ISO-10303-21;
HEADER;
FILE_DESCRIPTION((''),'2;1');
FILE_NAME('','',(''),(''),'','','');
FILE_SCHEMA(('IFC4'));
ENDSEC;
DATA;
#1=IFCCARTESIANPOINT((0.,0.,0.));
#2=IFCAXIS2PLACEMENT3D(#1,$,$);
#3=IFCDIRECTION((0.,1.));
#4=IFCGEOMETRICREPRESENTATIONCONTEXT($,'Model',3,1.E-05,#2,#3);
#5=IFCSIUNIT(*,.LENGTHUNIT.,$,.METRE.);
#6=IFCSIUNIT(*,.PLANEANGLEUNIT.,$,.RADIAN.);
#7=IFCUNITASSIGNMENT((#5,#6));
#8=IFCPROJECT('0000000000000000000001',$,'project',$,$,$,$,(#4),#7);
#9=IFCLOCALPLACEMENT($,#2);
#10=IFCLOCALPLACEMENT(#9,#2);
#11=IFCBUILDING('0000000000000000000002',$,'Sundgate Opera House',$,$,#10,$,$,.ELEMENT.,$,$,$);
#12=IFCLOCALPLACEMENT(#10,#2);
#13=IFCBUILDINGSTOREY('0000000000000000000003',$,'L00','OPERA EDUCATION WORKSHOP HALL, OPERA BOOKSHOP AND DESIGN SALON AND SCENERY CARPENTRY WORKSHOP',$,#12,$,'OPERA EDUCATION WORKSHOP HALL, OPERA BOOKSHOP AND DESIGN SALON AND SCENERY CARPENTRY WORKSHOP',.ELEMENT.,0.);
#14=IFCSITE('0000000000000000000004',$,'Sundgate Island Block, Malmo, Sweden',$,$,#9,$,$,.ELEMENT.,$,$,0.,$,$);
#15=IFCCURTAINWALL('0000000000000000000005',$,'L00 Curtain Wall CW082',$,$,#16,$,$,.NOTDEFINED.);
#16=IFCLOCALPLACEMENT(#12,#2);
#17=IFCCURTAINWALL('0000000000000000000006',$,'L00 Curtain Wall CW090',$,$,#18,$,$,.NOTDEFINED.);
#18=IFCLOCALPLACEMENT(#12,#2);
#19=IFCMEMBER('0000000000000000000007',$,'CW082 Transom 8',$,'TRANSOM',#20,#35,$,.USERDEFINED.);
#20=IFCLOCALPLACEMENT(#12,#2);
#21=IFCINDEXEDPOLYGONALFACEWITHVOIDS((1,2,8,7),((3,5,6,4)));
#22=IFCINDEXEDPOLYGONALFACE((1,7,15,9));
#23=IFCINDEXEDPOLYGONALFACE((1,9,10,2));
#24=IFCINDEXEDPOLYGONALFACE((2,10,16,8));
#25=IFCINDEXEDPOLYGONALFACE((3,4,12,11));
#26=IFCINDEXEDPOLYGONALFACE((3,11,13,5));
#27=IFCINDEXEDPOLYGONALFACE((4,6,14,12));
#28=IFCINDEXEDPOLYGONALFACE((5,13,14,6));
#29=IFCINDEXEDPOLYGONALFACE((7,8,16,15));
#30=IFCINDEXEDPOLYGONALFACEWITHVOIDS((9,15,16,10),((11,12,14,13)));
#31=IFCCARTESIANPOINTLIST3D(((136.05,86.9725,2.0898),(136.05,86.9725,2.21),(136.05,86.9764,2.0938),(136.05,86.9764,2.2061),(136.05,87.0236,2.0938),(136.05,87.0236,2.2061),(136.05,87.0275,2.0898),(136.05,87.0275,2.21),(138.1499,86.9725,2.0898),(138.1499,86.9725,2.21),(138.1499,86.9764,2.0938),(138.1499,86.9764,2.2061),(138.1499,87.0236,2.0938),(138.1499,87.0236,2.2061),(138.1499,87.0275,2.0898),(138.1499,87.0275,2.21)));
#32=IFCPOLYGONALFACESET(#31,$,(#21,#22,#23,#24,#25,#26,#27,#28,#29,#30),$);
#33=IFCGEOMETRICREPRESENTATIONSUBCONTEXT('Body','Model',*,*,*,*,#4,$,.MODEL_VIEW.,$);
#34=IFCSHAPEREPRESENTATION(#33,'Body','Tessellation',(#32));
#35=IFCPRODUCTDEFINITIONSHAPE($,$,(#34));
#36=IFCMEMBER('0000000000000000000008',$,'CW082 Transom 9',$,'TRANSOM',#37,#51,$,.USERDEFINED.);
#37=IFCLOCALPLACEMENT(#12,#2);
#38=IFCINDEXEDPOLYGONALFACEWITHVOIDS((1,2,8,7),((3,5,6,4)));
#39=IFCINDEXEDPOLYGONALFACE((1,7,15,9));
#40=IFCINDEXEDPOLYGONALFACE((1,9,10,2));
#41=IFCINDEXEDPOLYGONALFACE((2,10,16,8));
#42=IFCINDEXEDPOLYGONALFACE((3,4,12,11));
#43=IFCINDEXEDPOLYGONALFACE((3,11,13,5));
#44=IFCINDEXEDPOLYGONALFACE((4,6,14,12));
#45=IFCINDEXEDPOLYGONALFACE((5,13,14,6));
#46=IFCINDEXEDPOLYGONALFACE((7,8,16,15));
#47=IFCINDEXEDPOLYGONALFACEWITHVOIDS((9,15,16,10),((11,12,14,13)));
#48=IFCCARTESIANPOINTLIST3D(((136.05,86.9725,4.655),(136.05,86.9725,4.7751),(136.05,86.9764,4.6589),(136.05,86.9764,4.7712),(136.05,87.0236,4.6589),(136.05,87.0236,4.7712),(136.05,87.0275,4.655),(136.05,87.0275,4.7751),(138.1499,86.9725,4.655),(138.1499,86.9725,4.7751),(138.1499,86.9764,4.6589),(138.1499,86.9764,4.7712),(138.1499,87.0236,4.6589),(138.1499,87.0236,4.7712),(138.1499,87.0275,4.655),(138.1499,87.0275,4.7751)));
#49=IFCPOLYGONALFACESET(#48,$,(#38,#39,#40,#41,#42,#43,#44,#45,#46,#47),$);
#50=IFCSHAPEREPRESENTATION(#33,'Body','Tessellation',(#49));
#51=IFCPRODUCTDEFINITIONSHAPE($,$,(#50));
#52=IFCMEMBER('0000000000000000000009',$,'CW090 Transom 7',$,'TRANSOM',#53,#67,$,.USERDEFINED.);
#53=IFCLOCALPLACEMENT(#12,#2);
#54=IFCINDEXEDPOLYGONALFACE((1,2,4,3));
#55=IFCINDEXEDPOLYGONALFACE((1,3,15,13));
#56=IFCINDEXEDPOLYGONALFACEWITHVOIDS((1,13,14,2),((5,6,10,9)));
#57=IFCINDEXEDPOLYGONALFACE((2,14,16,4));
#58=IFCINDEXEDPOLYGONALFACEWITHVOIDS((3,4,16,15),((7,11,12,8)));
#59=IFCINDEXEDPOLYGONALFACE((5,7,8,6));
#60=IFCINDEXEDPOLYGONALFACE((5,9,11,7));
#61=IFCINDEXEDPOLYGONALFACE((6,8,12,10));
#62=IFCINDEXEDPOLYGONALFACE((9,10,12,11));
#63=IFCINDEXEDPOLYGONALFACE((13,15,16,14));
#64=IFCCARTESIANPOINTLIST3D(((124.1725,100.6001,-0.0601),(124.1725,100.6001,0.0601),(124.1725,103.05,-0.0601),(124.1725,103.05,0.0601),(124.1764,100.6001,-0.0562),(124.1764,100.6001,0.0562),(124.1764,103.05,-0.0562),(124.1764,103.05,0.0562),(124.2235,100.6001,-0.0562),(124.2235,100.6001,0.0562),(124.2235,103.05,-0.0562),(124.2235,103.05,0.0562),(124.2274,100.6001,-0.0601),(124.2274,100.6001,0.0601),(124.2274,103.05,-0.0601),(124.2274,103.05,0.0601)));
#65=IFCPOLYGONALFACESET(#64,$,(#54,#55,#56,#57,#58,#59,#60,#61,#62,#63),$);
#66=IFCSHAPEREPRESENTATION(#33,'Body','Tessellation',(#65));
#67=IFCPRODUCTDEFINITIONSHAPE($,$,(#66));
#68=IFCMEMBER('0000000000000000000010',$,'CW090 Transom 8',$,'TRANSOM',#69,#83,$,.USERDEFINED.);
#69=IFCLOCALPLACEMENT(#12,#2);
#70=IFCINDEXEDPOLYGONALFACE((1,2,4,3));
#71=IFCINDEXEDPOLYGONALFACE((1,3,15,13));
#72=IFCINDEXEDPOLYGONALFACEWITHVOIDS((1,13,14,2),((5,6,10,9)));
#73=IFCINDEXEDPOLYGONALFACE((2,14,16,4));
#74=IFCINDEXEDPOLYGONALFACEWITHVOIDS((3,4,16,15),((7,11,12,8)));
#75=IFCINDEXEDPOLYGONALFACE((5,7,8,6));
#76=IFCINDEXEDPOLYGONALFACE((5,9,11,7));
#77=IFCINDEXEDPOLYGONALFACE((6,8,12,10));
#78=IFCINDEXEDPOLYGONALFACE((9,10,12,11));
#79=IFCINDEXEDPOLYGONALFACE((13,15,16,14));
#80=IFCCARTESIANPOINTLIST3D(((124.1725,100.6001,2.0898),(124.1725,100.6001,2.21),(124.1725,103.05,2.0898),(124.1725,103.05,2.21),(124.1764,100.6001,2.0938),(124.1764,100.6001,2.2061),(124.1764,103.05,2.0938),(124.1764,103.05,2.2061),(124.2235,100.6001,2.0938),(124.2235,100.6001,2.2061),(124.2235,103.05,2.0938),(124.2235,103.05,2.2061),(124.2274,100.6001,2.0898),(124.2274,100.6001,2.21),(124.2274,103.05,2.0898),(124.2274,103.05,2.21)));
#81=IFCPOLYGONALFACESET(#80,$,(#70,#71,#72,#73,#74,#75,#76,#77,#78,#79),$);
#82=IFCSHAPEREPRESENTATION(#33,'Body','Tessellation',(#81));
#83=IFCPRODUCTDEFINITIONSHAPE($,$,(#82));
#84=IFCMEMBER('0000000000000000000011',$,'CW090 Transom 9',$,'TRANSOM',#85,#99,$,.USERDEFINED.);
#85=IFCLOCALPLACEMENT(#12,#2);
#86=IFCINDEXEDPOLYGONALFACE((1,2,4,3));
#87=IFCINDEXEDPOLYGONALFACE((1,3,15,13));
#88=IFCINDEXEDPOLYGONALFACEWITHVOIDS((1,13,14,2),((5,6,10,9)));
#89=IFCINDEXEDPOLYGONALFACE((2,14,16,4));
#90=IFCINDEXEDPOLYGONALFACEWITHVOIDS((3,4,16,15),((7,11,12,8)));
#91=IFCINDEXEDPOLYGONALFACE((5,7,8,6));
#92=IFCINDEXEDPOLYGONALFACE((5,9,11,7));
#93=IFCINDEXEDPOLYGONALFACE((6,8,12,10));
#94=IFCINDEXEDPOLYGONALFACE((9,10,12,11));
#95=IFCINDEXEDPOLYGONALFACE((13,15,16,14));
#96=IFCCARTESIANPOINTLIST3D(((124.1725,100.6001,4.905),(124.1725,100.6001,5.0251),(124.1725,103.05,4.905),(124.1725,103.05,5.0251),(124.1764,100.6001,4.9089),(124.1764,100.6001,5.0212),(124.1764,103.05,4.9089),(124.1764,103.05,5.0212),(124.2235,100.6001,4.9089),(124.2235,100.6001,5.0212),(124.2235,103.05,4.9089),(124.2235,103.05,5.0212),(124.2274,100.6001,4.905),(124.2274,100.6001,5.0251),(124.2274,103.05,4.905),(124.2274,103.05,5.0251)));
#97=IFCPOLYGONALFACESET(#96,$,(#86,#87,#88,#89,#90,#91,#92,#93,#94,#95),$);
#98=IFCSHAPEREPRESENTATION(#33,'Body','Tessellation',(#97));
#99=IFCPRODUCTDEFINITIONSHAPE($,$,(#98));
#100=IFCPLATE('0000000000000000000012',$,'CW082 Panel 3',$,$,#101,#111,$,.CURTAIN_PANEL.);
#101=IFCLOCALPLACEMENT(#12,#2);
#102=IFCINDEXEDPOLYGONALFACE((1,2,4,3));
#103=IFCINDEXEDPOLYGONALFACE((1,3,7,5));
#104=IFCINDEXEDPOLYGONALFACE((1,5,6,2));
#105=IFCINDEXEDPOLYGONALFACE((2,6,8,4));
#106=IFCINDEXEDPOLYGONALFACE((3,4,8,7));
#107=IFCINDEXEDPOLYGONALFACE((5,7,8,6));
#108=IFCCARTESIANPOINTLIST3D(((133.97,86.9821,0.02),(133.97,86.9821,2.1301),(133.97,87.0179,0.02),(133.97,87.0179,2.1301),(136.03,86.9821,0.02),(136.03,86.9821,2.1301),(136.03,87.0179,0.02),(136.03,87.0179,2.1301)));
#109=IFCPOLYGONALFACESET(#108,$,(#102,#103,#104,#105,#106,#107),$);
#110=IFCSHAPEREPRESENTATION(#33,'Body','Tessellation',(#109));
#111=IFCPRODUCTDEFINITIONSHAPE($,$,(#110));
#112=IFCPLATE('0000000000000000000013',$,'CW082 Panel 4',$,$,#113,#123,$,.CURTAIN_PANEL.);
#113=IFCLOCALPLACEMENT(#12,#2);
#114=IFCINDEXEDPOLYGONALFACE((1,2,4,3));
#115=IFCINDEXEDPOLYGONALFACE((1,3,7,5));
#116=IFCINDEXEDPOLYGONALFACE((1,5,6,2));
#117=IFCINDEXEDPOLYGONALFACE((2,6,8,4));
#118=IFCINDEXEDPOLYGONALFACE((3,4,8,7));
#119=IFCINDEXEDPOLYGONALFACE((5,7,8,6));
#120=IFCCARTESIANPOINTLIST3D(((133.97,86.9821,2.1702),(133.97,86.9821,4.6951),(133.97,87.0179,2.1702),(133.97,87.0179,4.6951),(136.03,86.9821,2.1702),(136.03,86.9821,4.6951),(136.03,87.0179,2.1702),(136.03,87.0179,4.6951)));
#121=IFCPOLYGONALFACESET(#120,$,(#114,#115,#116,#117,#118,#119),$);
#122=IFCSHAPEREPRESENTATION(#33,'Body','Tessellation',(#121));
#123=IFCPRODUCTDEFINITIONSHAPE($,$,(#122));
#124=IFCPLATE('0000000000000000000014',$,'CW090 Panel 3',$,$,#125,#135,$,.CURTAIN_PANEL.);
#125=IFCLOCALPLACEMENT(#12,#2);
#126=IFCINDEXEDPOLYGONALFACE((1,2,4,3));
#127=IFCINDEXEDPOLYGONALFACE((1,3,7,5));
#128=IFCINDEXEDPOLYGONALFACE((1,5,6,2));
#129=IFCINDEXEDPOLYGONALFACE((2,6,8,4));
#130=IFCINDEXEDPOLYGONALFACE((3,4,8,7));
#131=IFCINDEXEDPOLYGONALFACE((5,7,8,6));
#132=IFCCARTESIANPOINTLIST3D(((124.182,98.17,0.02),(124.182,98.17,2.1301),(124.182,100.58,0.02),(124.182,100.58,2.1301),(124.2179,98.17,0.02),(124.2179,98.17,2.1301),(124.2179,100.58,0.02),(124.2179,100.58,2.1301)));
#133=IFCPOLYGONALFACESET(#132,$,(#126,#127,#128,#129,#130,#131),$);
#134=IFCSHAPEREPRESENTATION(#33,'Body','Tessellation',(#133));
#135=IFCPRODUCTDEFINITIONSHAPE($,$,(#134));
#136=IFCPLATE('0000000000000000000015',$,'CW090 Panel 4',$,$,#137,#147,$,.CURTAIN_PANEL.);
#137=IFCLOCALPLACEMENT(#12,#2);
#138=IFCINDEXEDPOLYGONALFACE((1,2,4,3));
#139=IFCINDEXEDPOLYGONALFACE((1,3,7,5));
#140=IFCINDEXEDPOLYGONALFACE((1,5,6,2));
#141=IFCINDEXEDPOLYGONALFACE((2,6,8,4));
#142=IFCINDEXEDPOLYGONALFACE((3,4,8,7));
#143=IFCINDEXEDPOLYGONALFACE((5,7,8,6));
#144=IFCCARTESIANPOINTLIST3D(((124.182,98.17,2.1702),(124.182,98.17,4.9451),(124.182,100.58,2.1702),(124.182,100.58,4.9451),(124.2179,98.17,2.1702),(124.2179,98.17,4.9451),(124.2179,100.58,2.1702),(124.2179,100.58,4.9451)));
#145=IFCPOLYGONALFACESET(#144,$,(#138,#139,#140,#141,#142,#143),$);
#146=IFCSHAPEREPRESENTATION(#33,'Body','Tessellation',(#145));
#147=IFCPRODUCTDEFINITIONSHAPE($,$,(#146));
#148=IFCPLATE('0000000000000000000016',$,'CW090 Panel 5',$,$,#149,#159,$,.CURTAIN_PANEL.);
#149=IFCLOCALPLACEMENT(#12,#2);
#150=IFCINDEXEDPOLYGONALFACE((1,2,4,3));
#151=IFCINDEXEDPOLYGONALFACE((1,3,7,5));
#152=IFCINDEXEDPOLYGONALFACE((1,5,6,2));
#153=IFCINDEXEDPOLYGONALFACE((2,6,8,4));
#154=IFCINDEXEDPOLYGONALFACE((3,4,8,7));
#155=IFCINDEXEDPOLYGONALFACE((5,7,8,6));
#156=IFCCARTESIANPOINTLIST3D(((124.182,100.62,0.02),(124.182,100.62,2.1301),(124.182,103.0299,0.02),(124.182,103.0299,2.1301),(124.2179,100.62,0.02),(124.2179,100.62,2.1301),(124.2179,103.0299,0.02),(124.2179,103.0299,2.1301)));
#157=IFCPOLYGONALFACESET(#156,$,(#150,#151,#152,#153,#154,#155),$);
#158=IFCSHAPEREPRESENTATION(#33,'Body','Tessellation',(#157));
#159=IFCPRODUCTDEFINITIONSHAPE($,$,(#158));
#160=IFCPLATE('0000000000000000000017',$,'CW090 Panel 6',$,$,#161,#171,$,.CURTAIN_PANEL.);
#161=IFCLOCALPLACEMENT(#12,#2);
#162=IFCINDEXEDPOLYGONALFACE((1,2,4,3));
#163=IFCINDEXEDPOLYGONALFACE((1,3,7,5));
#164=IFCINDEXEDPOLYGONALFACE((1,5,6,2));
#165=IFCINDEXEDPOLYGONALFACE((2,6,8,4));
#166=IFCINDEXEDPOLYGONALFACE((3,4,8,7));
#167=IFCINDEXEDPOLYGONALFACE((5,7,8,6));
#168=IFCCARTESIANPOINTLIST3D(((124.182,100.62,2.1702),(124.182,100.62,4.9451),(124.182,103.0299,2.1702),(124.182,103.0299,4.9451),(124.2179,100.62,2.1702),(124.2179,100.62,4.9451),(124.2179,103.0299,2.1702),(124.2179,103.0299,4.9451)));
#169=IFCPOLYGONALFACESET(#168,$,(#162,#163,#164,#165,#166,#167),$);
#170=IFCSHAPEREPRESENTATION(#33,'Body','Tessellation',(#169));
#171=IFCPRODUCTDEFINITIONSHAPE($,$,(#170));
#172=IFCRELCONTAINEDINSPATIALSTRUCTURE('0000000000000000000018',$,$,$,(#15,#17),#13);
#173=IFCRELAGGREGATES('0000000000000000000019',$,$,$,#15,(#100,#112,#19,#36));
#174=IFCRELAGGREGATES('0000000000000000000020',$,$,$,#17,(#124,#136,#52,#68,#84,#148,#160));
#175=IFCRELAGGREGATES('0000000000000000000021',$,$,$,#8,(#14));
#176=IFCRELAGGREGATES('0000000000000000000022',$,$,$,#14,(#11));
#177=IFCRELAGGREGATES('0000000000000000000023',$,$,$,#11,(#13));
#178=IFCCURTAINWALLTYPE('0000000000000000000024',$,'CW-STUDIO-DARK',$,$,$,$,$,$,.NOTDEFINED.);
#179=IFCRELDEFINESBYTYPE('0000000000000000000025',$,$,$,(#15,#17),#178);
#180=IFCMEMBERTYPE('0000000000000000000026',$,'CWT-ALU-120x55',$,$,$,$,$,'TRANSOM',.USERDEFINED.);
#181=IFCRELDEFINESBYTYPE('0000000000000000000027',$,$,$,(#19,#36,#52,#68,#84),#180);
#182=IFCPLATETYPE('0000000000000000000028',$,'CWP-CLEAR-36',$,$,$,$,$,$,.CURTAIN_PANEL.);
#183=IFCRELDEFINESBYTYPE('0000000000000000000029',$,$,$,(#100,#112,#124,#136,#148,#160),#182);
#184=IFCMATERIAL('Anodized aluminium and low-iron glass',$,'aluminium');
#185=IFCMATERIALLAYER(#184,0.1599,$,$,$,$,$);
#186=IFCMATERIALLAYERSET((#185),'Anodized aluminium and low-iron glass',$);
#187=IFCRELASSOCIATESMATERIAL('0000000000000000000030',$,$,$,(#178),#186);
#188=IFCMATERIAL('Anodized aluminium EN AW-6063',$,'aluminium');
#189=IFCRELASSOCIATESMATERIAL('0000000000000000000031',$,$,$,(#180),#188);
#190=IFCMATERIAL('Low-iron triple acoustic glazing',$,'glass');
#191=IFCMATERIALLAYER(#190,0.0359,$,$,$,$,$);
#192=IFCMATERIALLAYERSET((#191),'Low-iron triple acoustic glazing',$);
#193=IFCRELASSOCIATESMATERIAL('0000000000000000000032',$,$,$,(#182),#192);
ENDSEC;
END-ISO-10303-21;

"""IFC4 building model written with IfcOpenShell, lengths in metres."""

from ifc_helpers import new_model, si_unit, direction, frame, origin, origin_2d, place, context, subcontext, project, spatial, rectangle, hollow_rectangle, extrude, material, layer, layer_set, material_profile, profile_set, type_object, element, aggregate, save


model = new_model("IFC4")

# Units and contexts
model_context = context("Model", 3, precision=1e-05, world=origin(), true_north=direction((0.0, 1.0)))
body_context = subcontext(model_context, "Body", "Model", "MODEL_VIEW")
ifc_project = project(units=[si_unit("LENGTHUNIT", "METRE"), si_unit("PLANEANGLEUNIT", "RADIAN")], contexts=[model_context])

# Site, building, storey
site_placement = place(None, origin())
site = spatial("IfcSite", under=ifc_project, at=site_placement, Name="Sundgate Island Block, Malmo, Sweden", CompositionType="ELEMENT", RefElevation=0.0)
building_placement = place(site_placement, origin())
building = spatial("IfcBuilding", under=site, at=building_placement, Name="Sundgate Opera House", CompositionType="ELEMENT")
storey_placement = place(building_placement, origin())
storey = spatial("IfcBuildingStorey", under=building, at=storey_placement, Name="L00", Description="OPERA EDUCATION WORKSHOP HALL, OPERA BOOKSHOP AND DESIGN SALON AND SCENERY CARPENTRY WORKSHOP", LongName="OPERA EDUCATION WORKSHOP HALL, OPERA BOOKSHOP AND DESIGN SALON AND SCENERY CARPENTRY WORKSHOP", CompositionType="ELEMENT", Elevation=0.0)

# Curtain walls
ifc_material_1 = material(Name="Anodized aluminium and low-iron glass", Category="aluminium")
ifc_layer_1 = layer(ifc_material_1, 0.1599)
ifc_layer_set_1 = layer_set([ifc_layer_1], Name="Anodized aluminium and low-iron glass")
curtain_wall_type = type_object("IfcCurtainWallType", Name="CW-STUDIO-DARK", PredefinedType="NOTDEFINED", material=ifc_layer_set_1)
curtain_wall_1_placement = place(storey_placement, origin())
curtain_wall_1 = element("IfcCurtainWall", 1, at=curtain_wall_1_placement, inside=storey, type_object=curtain_wall_type, Name="L00 Curtain Wall CW082", PredefinedType="NOTDEFINED")
curtain_wall_2_placement = place(storey_placement, origin())
curtain_wall_2 = element("IfcCurtainWall", 2, at=curtain_wall_2_placement, inside=storey, type_object=curtain_wall_type, Name="L00 Curtain Wall CW090", PredefinedType="NOTDEFINED")

# Members
ifc_material_2 = material(Name="Anodized aluminium EN AW-6063", Category="aluminium")
ifc_material_profile_1 = material_profile(ifc_material_2, hollow_rectangle(XDim=0.0549, YDim=0.1201, WallThickness=0.0039, at=origin_2d()), Name="CWT 120x55x4")
ifc_profile_set_1 = profile_set([ifc_material_profile_1], Name="Anodized aluminium EN AW-6063")
member_type_1 = type_object("IfcMemberType", Name="CWT-ALU-120x55", ElementType="TRANSOM", PredefinedType="USERDEFINED", material=ifc_profile_set_1)
member_1_placement = place(storey_placement, frame((136.05, 87.0, 2.1499), z_axis=(1.0, 0.0, 0.0), x_axis=(0.0, 1.0, 0.0)))
member_1 = element("IfcMember", 3, at=member_1_placement, type_object=member_type_1, Name="CW082 Transom 8", ObjectType="TRANSOM", PredefinedType="USERDEFINED", context=body_context, shape_type="SweptSolid", body=[
    extrude(hollow_rectangle(XDim=0.0549, YDim=0.1201, WallThickness=0.0039, at=origin_2d()), origin(), (0.0, 0.0, 1.0), 2.0999),
])
member_2_placement = place(storey_placement, frame((136.05, 87.0, 4.7151), z_axis=(1.0, 0.0, 0.0), x_axis=(0.0, 1.0, 0.0)))
member_2 = element("IfcMember", 4, at=member_2_placement, type_object=member_type_1, Name="CW082 Transom 9", ObjectType="TRANSOM", PredefinedType="USERDEFINED", context=body_context, shape_type="SweptSolid", body=[
    extrude(hollow_rectangle(XDim=0.0549, YDim=0.1201, WallThickness=0.0039, at=origin_2d()), origin(), (0.0, 0.0, 1.0), 2.0999),
])
member_3_placement = place(storey_placement, frame((124.2, 100.6001, 0.0), z_axis=(0.0, 1.0, 0.0), x_axis=(-1.0, 0.0, 0.0)))
member_3 = element("IfcMember", 5, at=member_3_placement, type_object=member_type_1, Name="CW090 Transom 7", ObjectType="TRANSOM", PredefinedType="USERDEFINED", context=body_context, shape_type="SweptSolid", body=[
    extrude(hollow_rectangle(XDim=0.0549, YDim=0.1201, WallThickness=0.0039, at=origin_2d()), origin(), (0.0, 0.0, 1.0), 2.45),
])
member_4_placement = place(storey_placement, frame((124.2, 100.6001, 2.1499), z_axis=(0.0, 1.0, 0.0), x_axis=(-1.0, 0.0, 0.0)))
member_4 = element("IfcMember", 6, at=member_4_placement, type_object=member_type_1, Name="CW090 Transom 8", ObjectType="TRANSOM", PredefinedType="USERDEFINED", context=body_context, shape_type="SweptSolid", body=[
    extrude(hollow_rectangle(XDim=0.0549, YDim=0.1201, WallThickness=0.0039, at=origin_2d()), origin(), (0.0, 0.0, 1.0), 2.45),
])
member_5_placement = place(storey_placement, frame((124.2, 100.6001, 4.9651), z_axis=(0.0, 1.0, 0.0), x_axis=(-1.0, 0.0, 0.0)))
member_5 = element("IfcMember", 7, at=member_5_placement, type_object=member_type_1, Name="CW090 Transom 9", ObjectType="TRANSOM", PredefinedType="USERDEFINED", context=body_context, shape_type="SweptSolid", body=[
    extrude(hollow_rectangle(XDim=0.0549, YDim=0.1201, WallThickness=0.0039, at=origin_2d()), origin(), (0.0, 0.0, 1.0), 2.45),
])

# Plates
ifc_material_3 = material(Name="Low-iron triple acoustic glazing", Category="glass")
ifc_layer_2 = layer(ifc_material_3, 0.0359)
ifc_layer_set_2 = layer_set([ifc_layer_2], Name="Low-iron triple acoustic glazing")
plate_type = type_object("IfcPlateType", Name="CWP-CLEAR-36", PredefinedType="CURTAIN_PANEL", material=ifc_layer_set_2)
plate_1_placement = place(storey_placement, frame((135.0, 87.0, 0.02), z_axis=(0.0, 0.0, 1.0), x_axis=(1.0, 0.0, 0.0)))
plate_1 = element("IfcPlate", 8, at=plate_1_placement, type_object=plate_type, Name="CW082 Panel 3", PredefinedType="CURTAIN_PANEL", context=body_context, shape_type="SweptSolid", body=[
    extrude(rectangle(XDim=2.0601, YDim=0.0359, at=origin_2d()), origin(), (0.0, 0.0, 1.0), 2.1101),
])
plate_2_placement = place(storey_placement, frame((135.0, 87.0, 2.1702), z_axis=(0.0, 0.0, 1.0), x_axis=(1.0, 0.0, 0.0)))
plate_2 = element("IfcPlate", 9, at=plate_2_placement, type_object=plate_type, Name="CW082 Panel 4", PredefinedType="CURTAIN_PANEL", context=body_context, shape_type="SweptSolid", body=[
    extrude(rectangle(XDim=2.0601, YDim=0.0359, at=origin_2d()), origin(), (0.0, 0.0, 1.0), 2.5249),
])
aggregate(curtain_wall_1, [plate_1, plate_2, member_1, member_2])
plate_3_placement = place(storey_placement, frame((124.2, 99.375, 0.02), z_axis=(0.0, 0.0, 1.0), x_axis=(0.0, 1.0, 0.0)))
plate_3 = element("IfcPlate", 10, at=plate_3_placement, type_object=plate_type, Name="CW090 Panel 3", PredefinedType="CURTAIN_PANEL", context=body_context, shape_type="SweptSolid", body=[
    extrude(rectangle(XDim=2.4099, YDim=0.0359, at=origin_2d()), origin(), (0.0, 0.0, 1.0), 2.1101),
])
plate_4_placement = place(storey_placement, frame((124.2, 99.375, 2.1702), z_axis=(0.0, 0.0, 1.0), x_axis=(0.0, 1.0, 0.0)))
plate_4 = element("IfcPlate", 11, at=plate_4_placement, type_object=plate_type, Name="CW090 Panel 4", PredefinedType="CURTAIN_PANEL", context=body_context, shape_type="SweptSolid", body=[
    extrude(rectangle(XDim=2.4099, YDim=0.0359, at=origin_2d()), origin(), (0.0, 0.0, 1.0), 2.7749),
])
plate_5_placement = place(storey_placement, frame((124.2, 101.825, 0.02), z_axis=(0.0, 0.0, 1.0), x_axis=(0.0, 1.0, 0.0)))
plate_5 = element("IfcPlate", 12, at=plate_5_placement, type_object=plate_type, Name="CW090 Panel 5", PredefinedType="CURTAIN_PANEL", context=body_context, shape_type="SweptSolid", body=[
    extrude(rectangle(XDim=2.4099, YDim=0.0359, at=origin_2d()), origin(), (0.0, 0.0, 1.0), 2.1101),
])
plate_6_placement = place(storey_placement, frame((124.2, 101.825, 2.1702), z_axis=(0.0, 0.0, 1.0), x_axis=(0.0, 1.0, 0.0)))
plate_6 = element("IfcPlate", 13, at=plate_6_placement, type_object=plate_type, Name="CW090 Panel 6", PredefinedType="CURTAIN_PANEL", context=body_context, shape_type="SweptSolid", body=[
    extrude(rectangle(XDim=2.4099, YDim=0.0359, at=origin_2d()), origin(), (0.0, 0.0, 1.0), 2.7749),
])
aggregate(curtain_wall_2, [plate_3, plate_4, member_3, member_4, member_5, plate_5, plate_6])

save(model, "model.ifc")
